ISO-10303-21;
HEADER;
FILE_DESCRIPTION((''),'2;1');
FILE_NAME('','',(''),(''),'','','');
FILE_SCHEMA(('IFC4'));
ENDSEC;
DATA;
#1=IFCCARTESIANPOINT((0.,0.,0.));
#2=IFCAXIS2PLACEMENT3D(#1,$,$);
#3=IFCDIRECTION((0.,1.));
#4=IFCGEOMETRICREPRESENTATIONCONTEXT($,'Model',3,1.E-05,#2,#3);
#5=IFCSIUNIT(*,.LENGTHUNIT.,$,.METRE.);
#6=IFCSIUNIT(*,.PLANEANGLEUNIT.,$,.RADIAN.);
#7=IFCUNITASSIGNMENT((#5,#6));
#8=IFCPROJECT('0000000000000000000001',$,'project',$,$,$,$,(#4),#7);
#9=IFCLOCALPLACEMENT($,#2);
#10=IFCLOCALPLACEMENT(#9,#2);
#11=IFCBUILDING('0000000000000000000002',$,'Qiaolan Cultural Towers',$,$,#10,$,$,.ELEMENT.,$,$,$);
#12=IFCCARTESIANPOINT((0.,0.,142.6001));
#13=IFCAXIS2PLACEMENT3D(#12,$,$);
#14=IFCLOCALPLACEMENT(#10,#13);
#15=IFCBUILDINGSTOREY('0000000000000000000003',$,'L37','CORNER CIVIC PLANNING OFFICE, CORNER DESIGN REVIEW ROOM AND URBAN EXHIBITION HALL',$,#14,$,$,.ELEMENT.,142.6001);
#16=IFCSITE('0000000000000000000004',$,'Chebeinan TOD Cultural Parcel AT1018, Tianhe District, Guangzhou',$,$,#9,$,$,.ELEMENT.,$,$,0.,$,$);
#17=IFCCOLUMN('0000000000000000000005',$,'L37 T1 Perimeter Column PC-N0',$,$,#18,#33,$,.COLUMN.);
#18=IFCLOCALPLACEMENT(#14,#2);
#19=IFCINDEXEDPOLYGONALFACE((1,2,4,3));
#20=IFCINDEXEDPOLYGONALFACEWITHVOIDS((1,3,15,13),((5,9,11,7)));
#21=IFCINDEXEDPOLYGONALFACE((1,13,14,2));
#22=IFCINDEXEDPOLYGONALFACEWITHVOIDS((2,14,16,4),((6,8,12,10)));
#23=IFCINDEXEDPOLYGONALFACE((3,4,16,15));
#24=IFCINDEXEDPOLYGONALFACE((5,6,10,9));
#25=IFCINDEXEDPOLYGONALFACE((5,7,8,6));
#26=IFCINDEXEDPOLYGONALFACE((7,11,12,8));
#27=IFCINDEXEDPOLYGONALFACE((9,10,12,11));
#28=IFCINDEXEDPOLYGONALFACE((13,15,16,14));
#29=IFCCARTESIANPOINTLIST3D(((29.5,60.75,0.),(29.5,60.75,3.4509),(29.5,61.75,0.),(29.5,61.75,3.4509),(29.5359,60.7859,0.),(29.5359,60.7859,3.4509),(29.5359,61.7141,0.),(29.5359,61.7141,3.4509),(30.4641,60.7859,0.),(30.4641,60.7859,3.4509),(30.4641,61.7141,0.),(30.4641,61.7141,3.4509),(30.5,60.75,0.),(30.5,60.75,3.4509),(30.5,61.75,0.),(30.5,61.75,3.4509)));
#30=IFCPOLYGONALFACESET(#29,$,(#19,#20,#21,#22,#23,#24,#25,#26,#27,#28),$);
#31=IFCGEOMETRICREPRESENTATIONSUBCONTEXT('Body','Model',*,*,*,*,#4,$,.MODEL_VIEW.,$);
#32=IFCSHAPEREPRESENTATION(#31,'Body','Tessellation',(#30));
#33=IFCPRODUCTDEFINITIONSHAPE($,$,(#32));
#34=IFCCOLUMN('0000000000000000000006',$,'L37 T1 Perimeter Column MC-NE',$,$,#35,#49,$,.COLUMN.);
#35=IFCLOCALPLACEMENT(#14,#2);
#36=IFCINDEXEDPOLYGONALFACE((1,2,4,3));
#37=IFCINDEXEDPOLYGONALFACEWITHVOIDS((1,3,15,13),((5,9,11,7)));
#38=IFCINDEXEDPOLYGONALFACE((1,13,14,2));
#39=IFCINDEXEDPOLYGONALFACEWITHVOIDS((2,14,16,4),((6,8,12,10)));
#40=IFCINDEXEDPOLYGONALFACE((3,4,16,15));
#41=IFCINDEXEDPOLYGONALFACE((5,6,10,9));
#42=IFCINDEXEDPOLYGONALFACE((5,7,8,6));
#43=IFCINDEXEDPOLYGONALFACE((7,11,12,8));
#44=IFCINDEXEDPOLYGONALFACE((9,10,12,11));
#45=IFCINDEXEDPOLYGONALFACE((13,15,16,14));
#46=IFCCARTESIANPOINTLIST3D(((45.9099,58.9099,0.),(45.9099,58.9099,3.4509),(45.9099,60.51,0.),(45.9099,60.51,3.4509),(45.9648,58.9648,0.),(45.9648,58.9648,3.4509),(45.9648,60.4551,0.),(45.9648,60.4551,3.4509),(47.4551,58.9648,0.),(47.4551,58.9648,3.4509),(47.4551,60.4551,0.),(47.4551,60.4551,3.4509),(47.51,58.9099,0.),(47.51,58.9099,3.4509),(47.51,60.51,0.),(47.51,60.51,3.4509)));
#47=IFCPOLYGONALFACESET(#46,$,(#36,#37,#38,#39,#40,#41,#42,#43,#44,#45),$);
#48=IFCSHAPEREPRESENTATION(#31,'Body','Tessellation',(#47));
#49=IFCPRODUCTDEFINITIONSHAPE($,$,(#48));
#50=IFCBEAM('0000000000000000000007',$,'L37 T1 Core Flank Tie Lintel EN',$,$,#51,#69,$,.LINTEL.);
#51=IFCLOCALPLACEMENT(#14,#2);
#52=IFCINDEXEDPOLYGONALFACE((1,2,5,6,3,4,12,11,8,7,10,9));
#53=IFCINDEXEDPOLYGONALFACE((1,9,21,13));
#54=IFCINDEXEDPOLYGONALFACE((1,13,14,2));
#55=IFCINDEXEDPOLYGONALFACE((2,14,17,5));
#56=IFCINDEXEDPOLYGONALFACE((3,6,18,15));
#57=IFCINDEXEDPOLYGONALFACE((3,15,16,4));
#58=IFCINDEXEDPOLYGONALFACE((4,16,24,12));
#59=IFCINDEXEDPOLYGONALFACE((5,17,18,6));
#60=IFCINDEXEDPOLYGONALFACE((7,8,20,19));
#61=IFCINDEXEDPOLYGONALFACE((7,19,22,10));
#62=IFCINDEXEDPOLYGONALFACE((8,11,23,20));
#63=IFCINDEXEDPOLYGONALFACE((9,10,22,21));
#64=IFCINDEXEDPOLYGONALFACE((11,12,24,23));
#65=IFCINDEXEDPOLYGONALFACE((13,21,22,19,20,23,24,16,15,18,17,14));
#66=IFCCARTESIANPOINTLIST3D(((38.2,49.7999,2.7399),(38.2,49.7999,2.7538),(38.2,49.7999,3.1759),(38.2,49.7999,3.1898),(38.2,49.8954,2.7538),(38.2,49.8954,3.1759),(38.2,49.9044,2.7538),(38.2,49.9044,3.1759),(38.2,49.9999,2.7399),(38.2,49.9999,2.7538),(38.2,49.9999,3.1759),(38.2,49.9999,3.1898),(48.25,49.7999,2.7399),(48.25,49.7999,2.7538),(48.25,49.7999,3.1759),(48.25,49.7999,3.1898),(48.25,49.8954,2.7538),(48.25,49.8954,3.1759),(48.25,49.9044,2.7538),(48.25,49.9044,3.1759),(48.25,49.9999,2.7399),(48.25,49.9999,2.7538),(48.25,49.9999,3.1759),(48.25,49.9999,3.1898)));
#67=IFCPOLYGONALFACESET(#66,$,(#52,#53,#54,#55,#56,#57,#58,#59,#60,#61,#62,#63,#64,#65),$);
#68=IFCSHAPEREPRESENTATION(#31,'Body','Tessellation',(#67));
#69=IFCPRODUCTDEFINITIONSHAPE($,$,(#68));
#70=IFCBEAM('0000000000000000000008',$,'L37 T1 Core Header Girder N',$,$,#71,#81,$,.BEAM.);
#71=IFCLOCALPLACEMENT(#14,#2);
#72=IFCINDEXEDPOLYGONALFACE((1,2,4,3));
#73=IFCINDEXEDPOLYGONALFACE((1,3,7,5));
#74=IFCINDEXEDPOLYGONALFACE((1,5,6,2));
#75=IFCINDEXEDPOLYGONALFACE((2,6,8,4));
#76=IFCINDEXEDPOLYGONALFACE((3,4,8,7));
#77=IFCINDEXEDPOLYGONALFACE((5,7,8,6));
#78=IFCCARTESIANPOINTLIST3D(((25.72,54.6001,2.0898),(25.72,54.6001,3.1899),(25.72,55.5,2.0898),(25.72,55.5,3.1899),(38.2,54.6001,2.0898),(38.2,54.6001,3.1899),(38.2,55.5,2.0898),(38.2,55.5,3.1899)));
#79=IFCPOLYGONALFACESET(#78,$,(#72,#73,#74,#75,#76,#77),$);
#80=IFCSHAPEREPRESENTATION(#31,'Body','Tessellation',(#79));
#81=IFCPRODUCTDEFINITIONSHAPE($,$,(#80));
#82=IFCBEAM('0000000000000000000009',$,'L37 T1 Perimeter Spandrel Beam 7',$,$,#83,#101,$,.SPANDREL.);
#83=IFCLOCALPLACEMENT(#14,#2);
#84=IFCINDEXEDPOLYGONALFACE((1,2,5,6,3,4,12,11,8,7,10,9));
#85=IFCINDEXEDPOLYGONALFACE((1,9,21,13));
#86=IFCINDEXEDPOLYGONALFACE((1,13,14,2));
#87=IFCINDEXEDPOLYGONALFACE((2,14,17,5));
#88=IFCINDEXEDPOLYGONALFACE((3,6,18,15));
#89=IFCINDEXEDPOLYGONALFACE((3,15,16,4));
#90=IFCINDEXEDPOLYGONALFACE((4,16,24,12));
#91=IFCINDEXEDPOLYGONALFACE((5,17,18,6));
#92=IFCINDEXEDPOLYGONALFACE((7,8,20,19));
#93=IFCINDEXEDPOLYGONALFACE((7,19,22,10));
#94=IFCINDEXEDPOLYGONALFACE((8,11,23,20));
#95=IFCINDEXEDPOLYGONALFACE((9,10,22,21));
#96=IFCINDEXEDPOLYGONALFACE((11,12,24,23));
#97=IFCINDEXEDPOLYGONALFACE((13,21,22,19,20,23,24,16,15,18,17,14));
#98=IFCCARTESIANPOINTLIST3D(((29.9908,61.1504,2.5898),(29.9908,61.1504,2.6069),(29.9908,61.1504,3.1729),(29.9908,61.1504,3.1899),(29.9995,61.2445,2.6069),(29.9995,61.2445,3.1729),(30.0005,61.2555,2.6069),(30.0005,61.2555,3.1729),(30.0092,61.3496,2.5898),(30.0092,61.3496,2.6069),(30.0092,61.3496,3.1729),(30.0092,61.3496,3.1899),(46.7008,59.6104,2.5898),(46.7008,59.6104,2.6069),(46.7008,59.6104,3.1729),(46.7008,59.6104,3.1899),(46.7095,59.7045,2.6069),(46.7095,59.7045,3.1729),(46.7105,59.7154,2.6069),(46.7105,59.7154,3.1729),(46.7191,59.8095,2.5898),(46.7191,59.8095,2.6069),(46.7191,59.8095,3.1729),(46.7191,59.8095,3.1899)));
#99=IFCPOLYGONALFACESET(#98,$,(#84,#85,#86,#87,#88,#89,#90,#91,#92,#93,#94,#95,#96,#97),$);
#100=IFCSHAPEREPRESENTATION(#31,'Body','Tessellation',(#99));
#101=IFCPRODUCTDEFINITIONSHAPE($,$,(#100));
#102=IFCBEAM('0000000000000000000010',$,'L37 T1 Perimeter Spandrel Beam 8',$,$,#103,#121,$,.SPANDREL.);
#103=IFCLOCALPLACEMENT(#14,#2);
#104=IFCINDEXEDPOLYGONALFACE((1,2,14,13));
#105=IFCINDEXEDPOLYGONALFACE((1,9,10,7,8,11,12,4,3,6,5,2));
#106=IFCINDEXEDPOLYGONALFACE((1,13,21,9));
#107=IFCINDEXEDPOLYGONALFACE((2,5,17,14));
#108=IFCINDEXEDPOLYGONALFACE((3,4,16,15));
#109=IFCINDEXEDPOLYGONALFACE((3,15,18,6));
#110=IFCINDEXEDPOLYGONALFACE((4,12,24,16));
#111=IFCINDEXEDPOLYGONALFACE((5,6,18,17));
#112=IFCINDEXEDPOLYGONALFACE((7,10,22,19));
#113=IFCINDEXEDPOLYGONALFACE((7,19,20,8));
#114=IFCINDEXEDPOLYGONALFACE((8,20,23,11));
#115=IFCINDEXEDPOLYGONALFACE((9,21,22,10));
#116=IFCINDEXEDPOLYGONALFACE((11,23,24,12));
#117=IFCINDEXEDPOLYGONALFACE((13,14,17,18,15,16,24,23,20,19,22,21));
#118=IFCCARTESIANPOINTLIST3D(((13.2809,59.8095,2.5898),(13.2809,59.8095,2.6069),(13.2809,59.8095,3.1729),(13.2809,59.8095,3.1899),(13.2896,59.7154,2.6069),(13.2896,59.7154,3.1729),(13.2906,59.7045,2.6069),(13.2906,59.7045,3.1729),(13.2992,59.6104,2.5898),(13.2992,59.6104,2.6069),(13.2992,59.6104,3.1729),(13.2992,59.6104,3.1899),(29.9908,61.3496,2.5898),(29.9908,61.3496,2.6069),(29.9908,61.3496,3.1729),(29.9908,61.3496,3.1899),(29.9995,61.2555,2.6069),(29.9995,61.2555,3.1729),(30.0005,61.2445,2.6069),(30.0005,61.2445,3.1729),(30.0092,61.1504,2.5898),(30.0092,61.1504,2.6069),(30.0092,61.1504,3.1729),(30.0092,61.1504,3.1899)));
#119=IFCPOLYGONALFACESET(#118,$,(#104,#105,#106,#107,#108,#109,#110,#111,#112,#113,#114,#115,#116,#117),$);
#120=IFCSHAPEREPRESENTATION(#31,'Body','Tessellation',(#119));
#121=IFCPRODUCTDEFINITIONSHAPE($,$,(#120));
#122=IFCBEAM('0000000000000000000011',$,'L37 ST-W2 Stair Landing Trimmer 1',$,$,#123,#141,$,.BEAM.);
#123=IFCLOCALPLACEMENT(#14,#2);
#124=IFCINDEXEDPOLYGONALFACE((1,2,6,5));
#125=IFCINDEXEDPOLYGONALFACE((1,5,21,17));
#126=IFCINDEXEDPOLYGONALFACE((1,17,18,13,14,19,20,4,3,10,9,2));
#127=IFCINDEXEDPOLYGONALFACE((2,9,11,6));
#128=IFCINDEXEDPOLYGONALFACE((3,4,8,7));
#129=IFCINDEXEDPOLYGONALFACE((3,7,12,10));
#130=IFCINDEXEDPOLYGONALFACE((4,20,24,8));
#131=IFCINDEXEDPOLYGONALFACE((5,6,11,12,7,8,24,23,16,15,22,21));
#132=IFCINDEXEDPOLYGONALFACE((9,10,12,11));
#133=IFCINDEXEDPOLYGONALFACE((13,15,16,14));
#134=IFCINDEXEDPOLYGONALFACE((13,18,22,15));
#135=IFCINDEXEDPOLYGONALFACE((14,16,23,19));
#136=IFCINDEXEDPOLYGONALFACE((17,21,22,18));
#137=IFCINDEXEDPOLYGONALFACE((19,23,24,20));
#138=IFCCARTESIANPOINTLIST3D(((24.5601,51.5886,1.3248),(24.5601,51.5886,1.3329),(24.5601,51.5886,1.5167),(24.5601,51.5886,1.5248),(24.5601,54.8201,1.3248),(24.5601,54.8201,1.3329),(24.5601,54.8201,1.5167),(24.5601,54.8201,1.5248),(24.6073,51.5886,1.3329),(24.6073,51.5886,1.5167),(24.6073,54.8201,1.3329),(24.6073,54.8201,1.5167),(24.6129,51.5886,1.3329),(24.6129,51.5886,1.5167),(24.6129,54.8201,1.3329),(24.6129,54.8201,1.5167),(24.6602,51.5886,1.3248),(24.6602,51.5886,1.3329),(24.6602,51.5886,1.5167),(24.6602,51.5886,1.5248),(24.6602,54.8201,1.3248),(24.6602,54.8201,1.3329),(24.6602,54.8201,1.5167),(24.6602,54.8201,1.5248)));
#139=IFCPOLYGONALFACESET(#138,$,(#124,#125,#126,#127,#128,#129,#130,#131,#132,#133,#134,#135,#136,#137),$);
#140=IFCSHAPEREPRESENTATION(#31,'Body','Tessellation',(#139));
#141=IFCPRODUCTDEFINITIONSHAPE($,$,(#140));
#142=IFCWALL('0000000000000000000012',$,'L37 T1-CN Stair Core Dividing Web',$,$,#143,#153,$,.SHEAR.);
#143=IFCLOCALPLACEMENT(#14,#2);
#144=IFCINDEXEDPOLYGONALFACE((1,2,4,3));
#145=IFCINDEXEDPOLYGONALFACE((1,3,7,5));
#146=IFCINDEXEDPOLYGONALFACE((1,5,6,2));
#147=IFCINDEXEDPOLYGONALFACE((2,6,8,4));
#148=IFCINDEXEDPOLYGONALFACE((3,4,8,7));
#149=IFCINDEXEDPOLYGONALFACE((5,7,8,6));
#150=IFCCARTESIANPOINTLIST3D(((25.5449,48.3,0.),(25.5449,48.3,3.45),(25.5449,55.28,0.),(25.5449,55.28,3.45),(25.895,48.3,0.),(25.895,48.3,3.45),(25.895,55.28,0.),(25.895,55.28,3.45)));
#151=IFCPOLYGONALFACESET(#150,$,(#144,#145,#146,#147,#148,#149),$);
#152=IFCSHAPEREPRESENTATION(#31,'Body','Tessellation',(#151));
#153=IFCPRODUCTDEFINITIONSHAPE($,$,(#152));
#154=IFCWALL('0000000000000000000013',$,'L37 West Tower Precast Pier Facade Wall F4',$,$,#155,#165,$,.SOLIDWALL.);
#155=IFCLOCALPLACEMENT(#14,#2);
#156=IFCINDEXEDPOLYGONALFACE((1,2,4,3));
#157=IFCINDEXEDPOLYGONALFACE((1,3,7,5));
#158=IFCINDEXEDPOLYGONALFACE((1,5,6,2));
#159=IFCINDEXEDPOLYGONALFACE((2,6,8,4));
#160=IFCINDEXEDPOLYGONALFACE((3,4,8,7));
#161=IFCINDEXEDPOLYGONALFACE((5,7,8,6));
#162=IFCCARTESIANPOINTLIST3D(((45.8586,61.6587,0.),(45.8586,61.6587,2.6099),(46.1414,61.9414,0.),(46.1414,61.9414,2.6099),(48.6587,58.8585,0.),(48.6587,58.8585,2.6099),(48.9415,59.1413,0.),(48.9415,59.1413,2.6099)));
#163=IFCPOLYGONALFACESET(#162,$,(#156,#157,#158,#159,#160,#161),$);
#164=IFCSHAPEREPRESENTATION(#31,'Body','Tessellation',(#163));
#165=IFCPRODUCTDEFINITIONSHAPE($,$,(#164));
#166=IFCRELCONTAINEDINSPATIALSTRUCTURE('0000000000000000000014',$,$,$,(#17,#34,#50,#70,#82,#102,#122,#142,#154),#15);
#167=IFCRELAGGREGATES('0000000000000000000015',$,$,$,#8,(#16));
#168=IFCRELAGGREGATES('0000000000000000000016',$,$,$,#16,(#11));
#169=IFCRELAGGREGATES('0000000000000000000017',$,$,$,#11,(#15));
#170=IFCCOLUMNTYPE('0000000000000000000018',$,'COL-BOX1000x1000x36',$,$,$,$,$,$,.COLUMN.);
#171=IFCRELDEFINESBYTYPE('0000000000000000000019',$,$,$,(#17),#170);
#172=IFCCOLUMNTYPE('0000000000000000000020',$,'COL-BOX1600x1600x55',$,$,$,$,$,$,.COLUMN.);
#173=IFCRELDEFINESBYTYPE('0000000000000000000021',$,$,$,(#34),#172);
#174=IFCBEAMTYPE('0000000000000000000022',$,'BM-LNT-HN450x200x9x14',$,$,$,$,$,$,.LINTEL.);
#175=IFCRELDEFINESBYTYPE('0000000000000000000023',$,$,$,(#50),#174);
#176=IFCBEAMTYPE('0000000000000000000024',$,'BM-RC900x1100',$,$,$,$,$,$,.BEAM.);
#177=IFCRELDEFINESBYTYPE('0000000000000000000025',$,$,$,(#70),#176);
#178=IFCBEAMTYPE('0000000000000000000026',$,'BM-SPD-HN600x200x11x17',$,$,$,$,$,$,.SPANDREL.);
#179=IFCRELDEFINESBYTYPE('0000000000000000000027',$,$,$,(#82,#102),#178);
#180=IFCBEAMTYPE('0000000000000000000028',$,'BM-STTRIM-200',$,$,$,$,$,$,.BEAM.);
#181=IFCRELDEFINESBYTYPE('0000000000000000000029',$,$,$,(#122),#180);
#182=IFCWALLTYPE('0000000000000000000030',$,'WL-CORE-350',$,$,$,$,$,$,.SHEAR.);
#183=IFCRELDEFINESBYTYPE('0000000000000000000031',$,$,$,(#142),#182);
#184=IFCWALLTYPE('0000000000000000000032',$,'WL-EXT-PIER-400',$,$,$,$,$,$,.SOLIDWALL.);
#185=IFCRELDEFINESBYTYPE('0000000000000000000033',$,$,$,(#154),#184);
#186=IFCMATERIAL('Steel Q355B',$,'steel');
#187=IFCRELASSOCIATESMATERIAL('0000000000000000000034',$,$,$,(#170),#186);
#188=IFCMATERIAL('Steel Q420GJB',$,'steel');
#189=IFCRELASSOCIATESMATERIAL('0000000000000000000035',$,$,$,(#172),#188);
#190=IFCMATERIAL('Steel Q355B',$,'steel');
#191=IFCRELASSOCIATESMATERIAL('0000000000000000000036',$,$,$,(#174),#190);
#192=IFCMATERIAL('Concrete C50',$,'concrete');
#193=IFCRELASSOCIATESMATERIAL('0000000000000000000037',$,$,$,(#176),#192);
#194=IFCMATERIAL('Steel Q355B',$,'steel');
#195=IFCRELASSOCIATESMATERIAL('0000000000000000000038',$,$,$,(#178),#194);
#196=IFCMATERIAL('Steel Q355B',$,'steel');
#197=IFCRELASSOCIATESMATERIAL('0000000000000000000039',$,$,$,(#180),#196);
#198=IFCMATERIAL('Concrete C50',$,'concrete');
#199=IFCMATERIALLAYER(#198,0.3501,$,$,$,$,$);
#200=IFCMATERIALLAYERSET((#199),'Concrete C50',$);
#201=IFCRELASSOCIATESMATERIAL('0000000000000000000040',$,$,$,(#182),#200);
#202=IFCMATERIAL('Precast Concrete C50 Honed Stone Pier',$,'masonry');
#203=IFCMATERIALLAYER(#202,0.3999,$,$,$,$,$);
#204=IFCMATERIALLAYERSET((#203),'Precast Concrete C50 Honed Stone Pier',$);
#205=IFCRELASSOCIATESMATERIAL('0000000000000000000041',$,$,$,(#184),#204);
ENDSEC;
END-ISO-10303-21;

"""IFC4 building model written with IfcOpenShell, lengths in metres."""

from ifc_helpers import new_model, si_unit, direction, frame, frame_2d, origin, origin_2d, place, context, subcontext, project, spatial, rectangle, hollow_rectangle, i_section, extrude, material, layer, layer_set, material_profile, profile_set, type_object, element, save


model = new_model("IFC4")

# Units and contexts
model_context = context("Model", 3, precision=1e-05, world=origin(), true_north=direction((0.0, 1.0)))
body_context = subcontext(model_context, "Body", "Model", "MODEL_VIEW")
ifc_project = project(units=[si_unit("LENGTHUNIT", "METRE"), si_unit("PLANEANGLEUNIT", "RADIAN")], contexts=[model_context])

# Site, building, storey
site_placement = place(None, origin())
site = spatial("IfcSite", under=ifc_project, at=site_placement, Name="Chebeinan TOD Cultural Parcel AT1018, Tianhe District, Guangzhou", CompositionType="ELEMENT", RefElevation=0.0)
building_placement = place(site_placement, origin())
building = spatial("IfcBuilding", under=site, at=building_placement, Name="Qiaolan Cultural Towers", CompositionType="ELEMENT")
storey_placement = place(building_placement, frame((0.0, 0.0, 142.6001)))
storey = spatial("IfcBuildingStorey", under=building, at=storey_placement, Name="L37", Description="CORNER CIVIC PLANNING OFFICE, CORNER DESIGN REVIEW ROOM AND URBAN EXHIBITION HALL", CompositionType="ELEMENT", Elevation=142.6001)

# Columns
ifc_material_1 = material(Name="Steel Q355B", Category="steel")
ifc_material_profile_1 = material_profile(ifc_material_1, hollow_rectangle(XDim=1.0, YDim=1.0, WallThickness=0.0359, at=origin_2d()), Name="BOX1000x1000x36")
ifc_profile_set_1 = profile_set([ifc_material_profile_1], Name="Steel Q355B")
column_type_1 = type_object("IfcColumnType", Name="COL-BOX1000x1000x36", PredefinedType="COLUMN", material=ifc_profile_set_1)
column_1_placement = place(storey_placement, frame((30.0, 61.25, 0.0), z_axis=(0.0, 0.0, 1.0), x_axis=(1.0, 0.0, 0.0)))
element("IfcColumn", 1, at=column_1_placement, inside=storey, type_object=column_type_1, Name="L37 T1 Perimeter Column PC-N0", PredefinedType="COLUMN", context=body_context, shape_type="SweptSolid", body=[
    extrude(hollow_rectangle(XDim=1.0, YDim=1.0, WallThickness=0.0359, at=origin_2d()), origin(), (0.0, 0.0, 1.0), 3.4509),
])
ifc_material_2 = material(Name="Steel Q420GJB", Category="steel")
ifc_material_profile_2 = material_profile(ifc_material_2, hollow_rectangle(XDim=1.6001, YDim=1.6001, WallThickness=0.0549, at=origin_2d()), Name="BOX1600x1600x55")
ifc_profile_set_2 = profile_set([ifc_material_profile_2], Name="Steel Q420GJB")
column_type_2 = type_object("IfcColumnType", Name="COL-BOX1600x1600x55", PredefinedType="COLUMN", material=ifc_profile_set_2)
column_2_placement = place(storey_placement, frame((46.71, 59.71, 0.0), z_axis=(0.0, 0.0, 1.0), x_axis=(1.0, 0.0, 0.0)))
element("IfcColumn", 2, at=column_2_placement, inside=storey, type_object=column_type_2, Name="L37 T1 Perimeter Column MC-NE", PredefinedType="COLUMN", context=body_context, shape_type="SweptSolid", body=[
    extrude(hollow_rectangle(XDim=1.6001, YDim=1.6001, WallThickness=0.0549, at=origin_2d()), origin(), (0.0, 0.0, 1.0), 3.4509),
])

# Beams
ifc_material_3 = material(Name="Steel Q355B", Category="steel")
ifc_material_profile_3 = material_profile(ifc_material_3, i_section(OverallWidth=0.2, OverallDepth=0.45, WebThickness=0.009, FlangeThickness=0.0139, at=origin_2d()), Name="HN450x200x9x14")
ifc_profile_set_3 = profile_set([ifc_material_profile_3], Name="Steel Q355B")
beam_type_1 = type_object("IfcBeamType", Name="BM-LNT-HN450x200x9x14", PredefinedType="LINTEL", material=ifc_profile_set_3)
beam_1_placement = place(storey_placement, frame((38.2, 49.8999, 2.9648), z_axis=(1.0, 0.0, 0.0), x_axis=(0.0, 1.0, 0.0)))
element("IfcBeam", 3, at=beam_1_placement, inside=storey, type_object=beam_type_1, Name="L37 T1 Core Flank Tie Lintel EN", PredefinedType="LINTEL", context=body_context, shape_type="SweptSolid", body=[
    extrude(i_section(OverallWidth=0.2, OverallDepth=0.45, WebThickness=0.009, FlangeThickness=0.0139, at=origin_2d()), origin(), (0.0, 0.0, 1.0), 10.05),
])
ifc_material_4 = material(Name="Concrete C50", Category="concrete")
ifc_material_profile_4 = material_profile(ifc_material_4, rectangle(XDim=0.8999, YDim=1.1001, at=origin_2d()), Name="RC900x1100")
ifc_profile_set_4 = profile_set([ifc_material_profile_4], Name="Concrete C50")
beam_type_2 = type_object("IfcBeamType", Name="BM-RC900x1100", PredefinedType="BEAM", material=ifc_profile_set_4)
beam_2_placement = place(storey_placement, frame((25.72, 55.05, 2.6399), z_axis=(1.0, 0.0, 0.0), x_axis=(0.0, 1.0, 0.0)))
element("IfcBeam", 4, at=beam_2_placement, inside=storey, type_object=beam_type_2, Name="L37 T1 Core Header Girder N", PredefinedType="BEAM", context=body_context, shape_type="SweptSolid", body=[
    extrude(rectangle(XDim=0.8999, YDim=1.1001, at=origin_2d()), origin(), (0.0, 0.0, 1.0), 12.48),
])
ifc_material_5 = material(Name="Steel Q355B", Category="steel")
ifc_material_profile_5 = material_profile(ifc_material_5, i_section(OverallWidth=0.2, OverallDepth=0.6001, WebThickness=0.011, FlangeThickness=0.0171, at=origin_2d()), Name="HN600x200x11x17")
ifc_profile_set_5 = profile_set([ifc_material_profile_5], Name="Steel Q355B")
beam_type_3 = type_object("IfcBeamType", Name="BM-SPD-HN600x200x11x17", PredefinedType="SPANDREL", material=ifc_profile_set_5)
for number, where, z_axis, x_axis, name in (
    (5, (46.71, 59.71, 2.8899), (-0.99578, 0.091774, 0.0), (-0.091774, -0.99578, 0.0), "L37 T1 Perimeter Spandrel Beam 7"),
    (6, (30.0, 61.25, 2.8899), (-0.99578, -0.091774, 0.0), (0.091774, -0.99578, 0.0), "L37 T1 Perimeter Spandrel Beam 8"),
):
    element("IfcBeam", number, at=place(storey_placement, frame(where, z_axis=z_axis, x_axis=x_axis)), inside=storey, type_object=beam_type_3, Name=name, PredefinedType="SPANDREL", context=body_context, shape_type="SweptSolid", body=[
        extrude(i_section(OverallWidth=0.2, OverallDepth=0.6001, WebThickness=0.011, FlangeThickness=0.0171, at=origin_2d()), origin(), (0.0, 0.0, 1.0), 16.7808),
    ])
ifc_material_6 = material(Name="Steel Q355B", Category="steel")
ifc_material_profile_6 = material_profile(ifc_material_6, i_section(OverallWidth=0.1001, OverallDepth=0.2, WebThickness=0.0056, FlangeThickness=0.0081, at=origin_2d()), Name="HN200x100x5.5x8")
ifc_profile_set_6 = profile_set([ifc_material_profile_6], Name="Steel Q355B")
beam_type_4 = type_object("IfcBeamType", Name="BM-STTRIM-200", PredefinedType="BEAM", material=ifc_profile_set_6)
beam_3_placement = place(storey_placement, frame((24.6101, 51.5886, 1.4248), z_axis=(0.0, 1.0, 0.0), x_axis=(-1.0, 0.0, 0.0)))
element("IfcBeam", 7, at=beam_3_placement, inside=storey, type_object=beam_type_4, Name="L37 ST-W2 Stair Landing Trimmer 1", PredefinedType="BEAM", context=body_context, shape_type="SweptSolid", body=[
    extrude(i_section(OverallWidth=0.1001, OverallDepth=0.2, WebThickness=0.0056, FlangeThickness=0.0081, at=origin_2d()), origin(), (0.0, 0.0, 1.0), 3.2314),
])

# Walls
ifc_material_7 = material(Name="Concrete C50", Category="concrete")
ifc_layer_1 = layer(ifc_material_7, 0.3501)
ifc_layer_set_1 = layer_set([ifc_layer_1], Name="Concrete C50")
wall_type_1 = type_object("IfcWallType", Name="WL-CORE-350", PredefinedType="SHEAR", material=ifc_layer_set_1)
wall_1_placement = place(storey_placement, frame((25.72, 48.3, 0.0), z_axis=(0.0, 0.0, 1.0), x_axis=(0.0, 1.0, 0.0)))
element("IfcWall", 8, at=wall_1_placement, inside=storey, type_object=wall_type_1, Name="L37 T1-CN Stair Core Dividing Web", PredefinedType="SHEAR", context=body_context, shape_type="SweptSolid", body=[
    extrude(rectangle(XDim=6.98, YDim=0.3501, at=frame_2d((3.49, 0.0))), origin(), (0.0, 0.0, 1.0), 3.45),
])
ifc_material_8 = material(Name="Precast Concrete C50 Honed Stone Pier", Category="masonry")
ifc_layer_2 = layer(ifc_material_8, 0.3999)
ifc_layer_set_2 = layer_set([ifc_layer_2], Name="Precast Concrete C50 Honed Stone Pier")
wall_type_2 = type_object("IfcWallType", Name="WL-EXT-PIER-400", PredefinedType="SOLIDWALL", material=ifc_layer_set_2)
wall_2_placement = place(storey_placement, frame((46.0, 61.8, 0.0), z_axis=(0.0, 0.0, 1.0), x_axis=(0.707107, -0.707107, 0.0)))
element("IfcWall", 9, at=wall_2_placement, inside=storey, type_object=wall_type_2, Name="L37 West Tower Precast Pier Facade Wall F4", PredefinedType="SOLIDWALL", context=body_context, shape_type="SweptSolid", body=[
    extrude(rectangle(XDim=3.96, YDim=0.3999, at=frame_2d((1.98, 0.0))), origin(), (0.0, 0.0, 1.0), 2.6099),
])

save(model, "model.ifc")
